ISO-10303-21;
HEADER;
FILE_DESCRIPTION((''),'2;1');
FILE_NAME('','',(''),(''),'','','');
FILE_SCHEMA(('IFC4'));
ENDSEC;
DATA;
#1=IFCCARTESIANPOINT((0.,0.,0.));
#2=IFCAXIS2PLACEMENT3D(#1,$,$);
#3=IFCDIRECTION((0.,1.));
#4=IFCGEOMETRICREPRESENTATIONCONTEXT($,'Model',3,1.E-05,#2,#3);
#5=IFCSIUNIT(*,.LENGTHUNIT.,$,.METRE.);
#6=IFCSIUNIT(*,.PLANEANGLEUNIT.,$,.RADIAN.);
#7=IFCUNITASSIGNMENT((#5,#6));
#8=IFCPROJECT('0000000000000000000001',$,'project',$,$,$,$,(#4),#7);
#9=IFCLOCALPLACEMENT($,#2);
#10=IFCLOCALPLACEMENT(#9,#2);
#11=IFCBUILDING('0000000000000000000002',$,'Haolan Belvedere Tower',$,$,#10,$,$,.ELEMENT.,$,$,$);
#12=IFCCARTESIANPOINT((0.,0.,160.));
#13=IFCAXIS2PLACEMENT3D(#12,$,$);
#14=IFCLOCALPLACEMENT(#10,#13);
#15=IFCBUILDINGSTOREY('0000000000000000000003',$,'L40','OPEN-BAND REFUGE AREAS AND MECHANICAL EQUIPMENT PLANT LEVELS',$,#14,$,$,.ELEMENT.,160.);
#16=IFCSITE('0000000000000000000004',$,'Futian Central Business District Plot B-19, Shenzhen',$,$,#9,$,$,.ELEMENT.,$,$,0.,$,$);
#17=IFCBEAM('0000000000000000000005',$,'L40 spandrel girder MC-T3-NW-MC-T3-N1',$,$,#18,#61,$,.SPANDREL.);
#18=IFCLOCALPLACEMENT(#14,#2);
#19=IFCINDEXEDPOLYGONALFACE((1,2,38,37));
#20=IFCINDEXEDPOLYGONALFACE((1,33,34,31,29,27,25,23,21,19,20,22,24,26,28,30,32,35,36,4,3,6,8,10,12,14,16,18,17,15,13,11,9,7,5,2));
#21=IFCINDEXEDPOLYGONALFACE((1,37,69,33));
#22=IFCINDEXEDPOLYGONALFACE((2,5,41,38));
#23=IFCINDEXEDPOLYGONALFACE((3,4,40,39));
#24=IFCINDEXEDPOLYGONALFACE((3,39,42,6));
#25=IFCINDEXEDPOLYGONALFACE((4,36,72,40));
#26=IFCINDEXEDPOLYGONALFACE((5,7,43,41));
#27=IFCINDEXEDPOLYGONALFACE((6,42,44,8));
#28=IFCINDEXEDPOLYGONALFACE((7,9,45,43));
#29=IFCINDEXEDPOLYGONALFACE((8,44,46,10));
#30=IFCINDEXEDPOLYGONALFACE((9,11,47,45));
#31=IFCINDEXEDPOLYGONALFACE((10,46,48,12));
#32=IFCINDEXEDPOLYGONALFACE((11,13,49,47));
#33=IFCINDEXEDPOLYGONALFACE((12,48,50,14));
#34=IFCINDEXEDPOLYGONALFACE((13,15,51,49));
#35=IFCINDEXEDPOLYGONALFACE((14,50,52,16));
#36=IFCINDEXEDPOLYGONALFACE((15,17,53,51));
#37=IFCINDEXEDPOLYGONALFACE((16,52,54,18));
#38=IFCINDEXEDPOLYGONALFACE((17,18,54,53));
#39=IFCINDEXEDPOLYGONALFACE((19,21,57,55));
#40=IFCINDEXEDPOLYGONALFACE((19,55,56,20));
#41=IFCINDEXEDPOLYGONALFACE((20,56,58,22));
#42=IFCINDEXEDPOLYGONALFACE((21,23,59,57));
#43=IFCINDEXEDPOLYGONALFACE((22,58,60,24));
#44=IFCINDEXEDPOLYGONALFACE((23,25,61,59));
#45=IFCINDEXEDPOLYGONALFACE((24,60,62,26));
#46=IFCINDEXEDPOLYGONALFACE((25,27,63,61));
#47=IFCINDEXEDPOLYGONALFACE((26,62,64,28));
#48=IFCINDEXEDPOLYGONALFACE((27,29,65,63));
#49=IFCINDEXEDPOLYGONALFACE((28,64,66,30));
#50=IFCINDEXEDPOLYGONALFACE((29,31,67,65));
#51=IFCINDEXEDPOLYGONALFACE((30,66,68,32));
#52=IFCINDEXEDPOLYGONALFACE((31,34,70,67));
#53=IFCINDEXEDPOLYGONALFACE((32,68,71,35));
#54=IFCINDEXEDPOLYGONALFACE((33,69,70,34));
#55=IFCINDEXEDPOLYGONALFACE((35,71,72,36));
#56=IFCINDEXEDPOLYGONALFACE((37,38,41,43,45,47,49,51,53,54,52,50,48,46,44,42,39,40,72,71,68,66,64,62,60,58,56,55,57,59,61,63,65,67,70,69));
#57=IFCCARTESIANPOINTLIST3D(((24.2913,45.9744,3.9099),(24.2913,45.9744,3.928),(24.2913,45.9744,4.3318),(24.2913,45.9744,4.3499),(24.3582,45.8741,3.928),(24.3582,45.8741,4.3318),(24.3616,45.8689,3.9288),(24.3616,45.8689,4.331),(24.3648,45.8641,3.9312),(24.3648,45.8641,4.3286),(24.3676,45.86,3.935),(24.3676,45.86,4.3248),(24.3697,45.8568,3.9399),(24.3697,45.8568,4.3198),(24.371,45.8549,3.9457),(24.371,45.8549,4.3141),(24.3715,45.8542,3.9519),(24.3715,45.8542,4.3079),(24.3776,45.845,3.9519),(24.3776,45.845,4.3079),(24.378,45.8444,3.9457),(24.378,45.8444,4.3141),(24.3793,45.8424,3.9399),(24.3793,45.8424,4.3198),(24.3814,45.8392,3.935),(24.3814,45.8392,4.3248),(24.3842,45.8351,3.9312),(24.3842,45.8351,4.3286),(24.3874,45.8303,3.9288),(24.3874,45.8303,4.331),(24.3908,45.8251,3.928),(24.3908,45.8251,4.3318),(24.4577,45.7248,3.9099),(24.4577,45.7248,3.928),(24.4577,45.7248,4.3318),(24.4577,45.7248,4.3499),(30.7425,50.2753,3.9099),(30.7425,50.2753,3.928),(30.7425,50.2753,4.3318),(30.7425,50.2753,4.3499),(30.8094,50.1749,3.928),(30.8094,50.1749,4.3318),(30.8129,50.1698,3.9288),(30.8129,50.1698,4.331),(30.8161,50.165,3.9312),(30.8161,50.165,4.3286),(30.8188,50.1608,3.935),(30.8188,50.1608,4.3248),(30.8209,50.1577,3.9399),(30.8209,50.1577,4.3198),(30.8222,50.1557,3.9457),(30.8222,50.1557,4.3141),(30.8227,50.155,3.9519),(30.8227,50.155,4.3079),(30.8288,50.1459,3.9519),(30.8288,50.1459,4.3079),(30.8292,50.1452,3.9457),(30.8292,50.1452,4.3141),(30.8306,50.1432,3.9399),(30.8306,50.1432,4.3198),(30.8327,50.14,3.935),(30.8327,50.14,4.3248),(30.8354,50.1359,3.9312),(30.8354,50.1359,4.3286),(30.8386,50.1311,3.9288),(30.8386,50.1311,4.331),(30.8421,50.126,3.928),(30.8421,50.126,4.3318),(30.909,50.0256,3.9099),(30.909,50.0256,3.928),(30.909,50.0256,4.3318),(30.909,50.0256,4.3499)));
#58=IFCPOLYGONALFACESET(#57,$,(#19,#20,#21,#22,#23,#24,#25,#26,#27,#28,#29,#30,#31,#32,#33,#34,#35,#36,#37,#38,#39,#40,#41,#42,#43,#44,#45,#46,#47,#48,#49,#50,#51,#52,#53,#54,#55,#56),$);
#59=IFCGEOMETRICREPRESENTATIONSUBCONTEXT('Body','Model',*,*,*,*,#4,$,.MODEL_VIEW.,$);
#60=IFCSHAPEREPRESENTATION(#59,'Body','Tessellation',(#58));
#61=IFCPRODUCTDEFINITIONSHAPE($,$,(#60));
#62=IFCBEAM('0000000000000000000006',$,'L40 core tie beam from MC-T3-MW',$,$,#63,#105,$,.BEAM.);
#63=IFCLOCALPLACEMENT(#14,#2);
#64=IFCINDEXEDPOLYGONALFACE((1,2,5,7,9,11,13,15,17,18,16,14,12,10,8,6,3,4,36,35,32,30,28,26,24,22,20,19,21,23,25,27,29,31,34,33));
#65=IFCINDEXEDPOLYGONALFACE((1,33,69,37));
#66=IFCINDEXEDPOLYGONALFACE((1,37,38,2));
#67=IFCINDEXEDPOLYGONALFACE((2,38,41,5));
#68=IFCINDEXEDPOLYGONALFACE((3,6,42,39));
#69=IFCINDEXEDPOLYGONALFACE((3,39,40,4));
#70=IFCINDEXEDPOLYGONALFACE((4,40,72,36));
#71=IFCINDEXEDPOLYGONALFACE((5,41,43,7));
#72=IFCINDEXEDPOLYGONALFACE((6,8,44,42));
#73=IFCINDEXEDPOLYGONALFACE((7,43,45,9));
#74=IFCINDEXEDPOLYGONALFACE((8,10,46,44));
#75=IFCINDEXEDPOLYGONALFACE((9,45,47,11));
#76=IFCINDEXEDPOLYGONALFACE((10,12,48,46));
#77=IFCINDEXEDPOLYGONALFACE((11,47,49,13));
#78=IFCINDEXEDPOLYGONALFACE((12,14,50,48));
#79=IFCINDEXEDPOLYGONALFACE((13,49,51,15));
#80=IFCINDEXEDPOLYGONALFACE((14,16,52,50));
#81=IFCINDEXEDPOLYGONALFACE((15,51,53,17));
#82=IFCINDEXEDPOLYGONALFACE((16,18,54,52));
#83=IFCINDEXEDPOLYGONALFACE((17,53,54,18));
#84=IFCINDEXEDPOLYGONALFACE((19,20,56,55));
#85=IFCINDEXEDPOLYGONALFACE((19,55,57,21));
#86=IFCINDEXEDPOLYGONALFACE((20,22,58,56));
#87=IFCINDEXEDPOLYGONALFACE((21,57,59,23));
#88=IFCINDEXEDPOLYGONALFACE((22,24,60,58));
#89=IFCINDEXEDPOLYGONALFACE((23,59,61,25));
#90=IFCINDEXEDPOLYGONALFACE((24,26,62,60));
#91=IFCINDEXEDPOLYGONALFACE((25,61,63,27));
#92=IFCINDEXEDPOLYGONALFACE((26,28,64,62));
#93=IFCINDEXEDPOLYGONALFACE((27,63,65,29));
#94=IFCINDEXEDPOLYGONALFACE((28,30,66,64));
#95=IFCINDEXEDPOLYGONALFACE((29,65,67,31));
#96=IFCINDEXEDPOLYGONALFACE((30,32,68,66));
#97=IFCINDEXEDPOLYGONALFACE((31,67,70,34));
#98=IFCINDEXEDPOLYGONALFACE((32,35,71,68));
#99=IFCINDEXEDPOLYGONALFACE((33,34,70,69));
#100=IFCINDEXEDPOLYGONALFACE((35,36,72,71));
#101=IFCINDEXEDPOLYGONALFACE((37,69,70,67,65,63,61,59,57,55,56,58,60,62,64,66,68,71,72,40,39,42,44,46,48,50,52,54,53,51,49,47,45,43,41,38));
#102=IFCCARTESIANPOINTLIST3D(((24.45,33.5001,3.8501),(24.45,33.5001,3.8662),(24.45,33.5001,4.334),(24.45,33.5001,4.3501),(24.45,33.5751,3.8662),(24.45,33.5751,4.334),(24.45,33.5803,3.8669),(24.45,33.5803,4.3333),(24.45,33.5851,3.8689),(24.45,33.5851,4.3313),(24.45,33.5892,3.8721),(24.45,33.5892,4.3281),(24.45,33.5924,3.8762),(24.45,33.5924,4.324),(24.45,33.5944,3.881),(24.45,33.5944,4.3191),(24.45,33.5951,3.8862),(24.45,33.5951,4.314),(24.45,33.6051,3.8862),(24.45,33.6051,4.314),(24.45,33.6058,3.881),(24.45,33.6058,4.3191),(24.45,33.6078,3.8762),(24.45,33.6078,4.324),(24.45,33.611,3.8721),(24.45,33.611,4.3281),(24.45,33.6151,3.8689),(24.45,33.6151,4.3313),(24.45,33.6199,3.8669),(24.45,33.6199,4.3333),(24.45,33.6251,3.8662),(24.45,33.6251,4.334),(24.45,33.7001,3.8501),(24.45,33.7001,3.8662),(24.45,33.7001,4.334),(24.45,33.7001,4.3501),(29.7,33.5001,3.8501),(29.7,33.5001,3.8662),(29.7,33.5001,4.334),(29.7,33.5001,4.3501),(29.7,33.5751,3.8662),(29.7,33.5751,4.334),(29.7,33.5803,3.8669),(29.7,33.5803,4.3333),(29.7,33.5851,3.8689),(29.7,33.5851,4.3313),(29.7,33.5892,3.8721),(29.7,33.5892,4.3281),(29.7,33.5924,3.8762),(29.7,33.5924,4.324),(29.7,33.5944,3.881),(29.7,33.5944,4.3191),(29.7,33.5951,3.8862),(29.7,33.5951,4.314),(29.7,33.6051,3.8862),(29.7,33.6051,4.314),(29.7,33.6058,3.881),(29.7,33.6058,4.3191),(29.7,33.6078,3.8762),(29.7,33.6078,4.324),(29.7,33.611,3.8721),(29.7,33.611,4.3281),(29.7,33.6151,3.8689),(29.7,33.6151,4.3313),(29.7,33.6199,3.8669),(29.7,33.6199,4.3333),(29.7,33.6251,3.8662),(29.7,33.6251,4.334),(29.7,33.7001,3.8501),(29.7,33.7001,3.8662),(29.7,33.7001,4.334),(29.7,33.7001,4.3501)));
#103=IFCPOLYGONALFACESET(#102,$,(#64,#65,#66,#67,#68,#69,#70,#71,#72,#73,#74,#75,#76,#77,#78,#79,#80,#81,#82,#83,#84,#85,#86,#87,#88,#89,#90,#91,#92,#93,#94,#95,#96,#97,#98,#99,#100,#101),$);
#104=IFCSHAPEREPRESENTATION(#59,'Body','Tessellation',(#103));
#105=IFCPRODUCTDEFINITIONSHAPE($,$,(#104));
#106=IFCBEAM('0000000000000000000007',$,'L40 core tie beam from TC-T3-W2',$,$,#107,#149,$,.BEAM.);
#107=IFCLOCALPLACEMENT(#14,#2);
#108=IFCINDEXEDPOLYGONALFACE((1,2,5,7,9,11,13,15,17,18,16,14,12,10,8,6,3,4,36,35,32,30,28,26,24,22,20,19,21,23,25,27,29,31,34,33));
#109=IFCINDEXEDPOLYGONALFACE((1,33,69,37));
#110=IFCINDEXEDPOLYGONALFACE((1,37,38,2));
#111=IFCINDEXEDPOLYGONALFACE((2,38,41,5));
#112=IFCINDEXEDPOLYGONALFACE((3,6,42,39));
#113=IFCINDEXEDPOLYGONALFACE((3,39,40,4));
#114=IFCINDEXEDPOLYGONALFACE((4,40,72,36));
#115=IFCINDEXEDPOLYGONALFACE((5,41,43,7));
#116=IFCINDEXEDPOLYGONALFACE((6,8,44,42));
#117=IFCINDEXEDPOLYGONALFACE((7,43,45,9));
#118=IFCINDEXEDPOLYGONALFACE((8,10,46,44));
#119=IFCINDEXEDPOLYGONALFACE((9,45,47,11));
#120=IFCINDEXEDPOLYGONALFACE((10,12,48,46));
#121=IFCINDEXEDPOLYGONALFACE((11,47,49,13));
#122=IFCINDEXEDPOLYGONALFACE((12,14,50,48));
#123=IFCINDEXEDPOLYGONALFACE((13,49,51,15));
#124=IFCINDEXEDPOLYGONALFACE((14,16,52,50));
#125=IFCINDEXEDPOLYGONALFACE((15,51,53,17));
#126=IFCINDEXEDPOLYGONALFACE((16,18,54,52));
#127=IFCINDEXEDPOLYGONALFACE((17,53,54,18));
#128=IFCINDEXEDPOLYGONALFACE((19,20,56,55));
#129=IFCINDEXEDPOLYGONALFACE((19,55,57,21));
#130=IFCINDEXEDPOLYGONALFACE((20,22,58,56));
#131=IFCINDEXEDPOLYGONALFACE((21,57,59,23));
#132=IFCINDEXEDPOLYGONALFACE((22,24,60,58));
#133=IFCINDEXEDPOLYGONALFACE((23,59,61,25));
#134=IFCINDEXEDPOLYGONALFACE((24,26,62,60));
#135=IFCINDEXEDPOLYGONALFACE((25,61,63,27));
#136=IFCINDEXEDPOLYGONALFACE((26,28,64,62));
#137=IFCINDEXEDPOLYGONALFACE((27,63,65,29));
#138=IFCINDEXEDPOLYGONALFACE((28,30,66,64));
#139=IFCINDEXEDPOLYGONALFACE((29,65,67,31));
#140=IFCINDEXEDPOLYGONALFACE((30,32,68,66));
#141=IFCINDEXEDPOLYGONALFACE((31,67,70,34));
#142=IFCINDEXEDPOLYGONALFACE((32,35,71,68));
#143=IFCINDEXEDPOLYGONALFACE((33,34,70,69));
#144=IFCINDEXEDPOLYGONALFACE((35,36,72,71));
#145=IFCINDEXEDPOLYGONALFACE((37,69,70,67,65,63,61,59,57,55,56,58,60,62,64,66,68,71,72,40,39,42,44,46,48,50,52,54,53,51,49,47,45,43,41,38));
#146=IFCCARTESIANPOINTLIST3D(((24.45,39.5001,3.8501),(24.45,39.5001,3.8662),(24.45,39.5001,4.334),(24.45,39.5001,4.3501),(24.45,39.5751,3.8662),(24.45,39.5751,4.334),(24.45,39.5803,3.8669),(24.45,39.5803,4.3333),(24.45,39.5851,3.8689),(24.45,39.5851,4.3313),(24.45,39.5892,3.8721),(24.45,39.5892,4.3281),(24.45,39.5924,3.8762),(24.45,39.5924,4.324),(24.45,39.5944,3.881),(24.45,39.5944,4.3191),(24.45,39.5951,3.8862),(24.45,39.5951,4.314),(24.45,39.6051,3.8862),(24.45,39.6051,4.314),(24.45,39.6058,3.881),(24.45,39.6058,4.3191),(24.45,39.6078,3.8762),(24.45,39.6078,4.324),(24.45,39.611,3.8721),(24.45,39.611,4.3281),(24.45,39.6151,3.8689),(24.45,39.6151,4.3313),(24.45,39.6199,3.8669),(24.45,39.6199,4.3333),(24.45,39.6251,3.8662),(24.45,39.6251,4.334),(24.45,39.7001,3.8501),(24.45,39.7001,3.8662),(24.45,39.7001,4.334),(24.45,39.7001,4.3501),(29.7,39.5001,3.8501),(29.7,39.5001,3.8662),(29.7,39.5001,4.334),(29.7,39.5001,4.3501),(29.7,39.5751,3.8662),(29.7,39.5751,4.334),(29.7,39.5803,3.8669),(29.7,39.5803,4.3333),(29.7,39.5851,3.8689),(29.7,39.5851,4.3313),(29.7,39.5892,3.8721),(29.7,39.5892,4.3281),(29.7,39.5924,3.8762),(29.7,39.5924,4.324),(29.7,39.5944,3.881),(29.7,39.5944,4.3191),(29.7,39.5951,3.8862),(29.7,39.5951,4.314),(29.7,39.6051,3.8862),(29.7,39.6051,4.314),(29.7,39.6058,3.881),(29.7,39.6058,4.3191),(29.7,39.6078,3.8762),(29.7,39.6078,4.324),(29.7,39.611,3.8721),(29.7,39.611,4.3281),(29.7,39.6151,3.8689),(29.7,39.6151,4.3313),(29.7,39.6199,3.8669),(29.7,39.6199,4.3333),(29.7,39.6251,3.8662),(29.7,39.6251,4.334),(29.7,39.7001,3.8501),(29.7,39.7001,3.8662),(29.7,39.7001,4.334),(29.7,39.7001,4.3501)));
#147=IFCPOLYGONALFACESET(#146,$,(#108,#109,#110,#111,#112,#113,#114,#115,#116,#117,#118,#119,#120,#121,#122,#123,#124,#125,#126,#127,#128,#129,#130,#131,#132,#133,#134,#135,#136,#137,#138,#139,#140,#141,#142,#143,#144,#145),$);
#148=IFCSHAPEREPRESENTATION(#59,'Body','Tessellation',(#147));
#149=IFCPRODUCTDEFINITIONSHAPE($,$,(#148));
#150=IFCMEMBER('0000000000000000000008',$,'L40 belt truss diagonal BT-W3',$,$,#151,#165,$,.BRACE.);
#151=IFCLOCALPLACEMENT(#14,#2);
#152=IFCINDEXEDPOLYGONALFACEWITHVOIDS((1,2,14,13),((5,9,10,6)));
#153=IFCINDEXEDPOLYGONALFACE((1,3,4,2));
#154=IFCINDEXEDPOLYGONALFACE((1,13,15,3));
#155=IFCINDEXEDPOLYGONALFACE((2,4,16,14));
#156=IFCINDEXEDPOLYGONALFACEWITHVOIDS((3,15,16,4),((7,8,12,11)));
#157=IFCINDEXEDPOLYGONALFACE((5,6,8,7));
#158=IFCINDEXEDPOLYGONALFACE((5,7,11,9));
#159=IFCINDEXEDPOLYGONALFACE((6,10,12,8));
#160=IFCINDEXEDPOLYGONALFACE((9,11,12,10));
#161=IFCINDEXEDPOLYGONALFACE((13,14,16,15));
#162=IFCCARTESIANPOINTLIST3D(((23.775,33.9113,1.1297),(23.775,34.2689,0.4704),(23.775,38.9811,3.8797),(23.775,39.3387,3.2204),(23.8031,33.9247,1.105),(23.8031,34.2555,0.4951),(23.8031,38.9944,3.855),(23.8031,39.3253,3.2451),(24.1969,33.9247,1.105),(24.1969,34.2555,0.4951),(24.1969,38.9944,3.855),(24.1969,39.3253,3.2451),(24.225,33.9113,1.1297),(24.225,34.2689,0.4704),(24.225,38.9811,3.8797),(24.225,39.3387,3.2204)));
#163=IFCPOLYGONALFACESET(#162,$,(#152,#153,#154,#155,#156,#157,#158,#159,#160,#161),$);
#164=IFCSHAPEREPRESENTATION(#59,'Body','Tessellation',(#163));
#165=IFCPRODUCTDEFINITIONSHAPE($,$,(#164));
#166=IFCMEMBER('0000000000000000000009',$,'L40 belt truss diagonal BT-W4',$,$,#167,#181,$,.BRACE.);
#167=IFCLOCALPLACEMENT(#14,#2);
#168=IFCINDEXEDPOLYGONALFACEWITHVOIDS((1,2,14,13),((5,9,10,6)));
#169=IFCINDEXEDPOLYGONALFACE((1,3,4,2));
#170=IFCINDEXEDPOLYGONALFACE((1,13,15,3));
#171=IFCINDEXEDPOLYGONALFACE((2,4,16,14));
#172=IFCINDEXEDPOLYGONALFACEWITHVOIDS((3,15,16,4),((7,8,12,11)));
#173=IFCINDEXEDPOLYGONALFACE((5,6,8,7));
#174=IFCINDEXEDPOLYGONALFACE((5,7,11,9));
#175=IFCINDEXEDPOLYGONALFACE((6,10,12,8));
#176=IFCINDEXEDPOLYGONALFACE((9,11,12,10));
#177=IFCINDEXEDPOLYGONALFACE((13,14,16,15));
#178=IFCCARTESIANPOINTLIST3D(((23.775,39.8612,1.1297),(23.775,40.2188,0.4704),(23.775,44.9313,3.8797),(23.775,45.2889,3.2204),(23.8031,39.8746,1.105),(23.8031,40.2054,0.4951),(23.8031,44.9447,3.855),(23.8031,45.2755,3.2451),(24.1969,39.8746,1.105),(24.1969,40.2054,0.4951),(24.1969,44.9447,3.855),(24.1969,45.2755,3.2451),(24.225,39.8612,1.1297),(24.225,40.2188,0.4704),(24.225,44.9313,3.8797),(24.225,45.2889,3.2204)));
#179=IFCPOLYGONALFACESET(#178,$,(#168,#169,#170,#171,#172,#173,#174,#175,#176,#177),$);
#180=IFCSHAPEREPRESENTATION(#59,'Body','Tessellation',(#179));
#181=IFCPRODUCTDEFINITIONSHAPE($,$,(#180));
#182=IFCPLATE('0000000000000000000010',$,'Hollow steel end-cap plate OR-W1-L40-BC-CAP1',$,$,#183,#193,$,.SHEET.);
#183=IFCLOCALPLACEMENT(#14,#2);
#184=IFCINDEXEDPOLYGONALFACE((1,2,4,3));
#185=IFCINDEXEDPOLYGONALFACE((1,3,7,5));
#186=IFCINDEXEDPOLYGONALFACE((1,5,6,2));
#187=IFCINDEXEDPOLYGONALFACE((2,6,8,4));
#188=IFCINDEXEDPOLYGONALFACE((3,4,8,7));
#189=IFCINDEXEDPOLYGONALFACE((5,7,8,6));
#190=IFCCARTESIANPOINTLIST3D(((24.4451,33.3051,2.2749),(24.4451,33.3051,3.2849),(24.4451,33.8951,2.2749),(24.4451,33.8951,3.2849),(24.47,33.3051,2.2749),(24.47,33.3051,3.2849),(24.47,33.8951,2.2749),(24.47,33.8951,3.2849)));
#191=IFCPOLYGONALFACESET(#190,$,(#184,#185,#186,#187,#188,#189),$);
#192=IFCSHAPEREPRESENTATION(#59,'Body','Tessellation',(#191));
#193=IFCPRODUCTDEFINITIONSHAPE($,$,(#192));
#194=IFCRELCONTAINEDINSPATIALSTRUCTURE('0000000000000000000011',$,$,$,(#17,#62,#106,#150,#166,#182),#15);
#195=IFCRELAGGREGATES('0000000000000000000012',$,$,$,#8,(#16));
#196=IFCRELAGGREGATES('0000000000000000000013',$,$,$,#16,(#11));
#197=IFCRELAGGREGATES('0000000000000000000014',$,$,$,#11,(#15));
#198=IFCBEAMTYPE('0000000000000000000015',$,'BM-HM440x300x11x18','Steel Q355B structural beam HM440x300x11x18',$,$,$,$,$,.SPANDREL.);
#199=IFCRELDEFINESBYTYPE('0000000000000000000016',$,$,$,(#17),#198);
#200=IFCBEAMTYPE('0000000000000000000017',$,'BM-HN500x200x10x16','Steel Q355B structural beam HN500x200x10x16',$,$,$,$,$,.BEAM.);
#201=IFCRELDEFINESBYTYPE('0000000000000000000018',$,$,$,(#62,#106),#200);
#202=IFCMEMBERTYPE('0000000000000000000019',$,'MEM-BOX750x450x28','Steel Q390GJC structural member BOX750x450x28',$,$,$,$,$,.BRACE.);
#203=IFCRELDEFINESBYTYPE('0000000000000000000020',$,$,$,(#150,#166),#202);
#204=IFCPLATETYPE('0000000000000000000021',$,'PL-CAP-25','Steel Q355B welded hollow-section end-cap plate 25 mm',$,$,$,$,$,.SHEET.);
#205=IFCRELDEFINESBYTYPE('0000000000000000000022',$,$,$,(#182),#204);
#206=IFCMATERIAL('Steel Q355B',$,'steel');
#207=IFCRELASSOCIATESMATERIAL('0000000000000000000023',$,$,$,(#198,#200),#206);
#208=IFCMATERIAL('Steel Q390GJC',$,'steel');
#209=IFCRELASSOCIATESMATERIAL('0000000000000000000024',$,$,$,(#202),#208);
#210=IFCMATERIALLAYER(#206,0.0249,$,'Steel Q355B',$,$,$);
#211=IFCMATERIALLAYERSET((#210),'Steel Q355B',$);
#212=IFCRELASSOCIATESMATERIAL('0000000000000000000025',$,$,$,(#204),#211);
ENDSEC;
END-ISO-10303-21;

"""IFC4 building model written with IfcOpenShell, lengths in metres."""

from ifc_helpers import new_model, si_unit, direction, frame, origin, origin_2d, place, context, subcontext, project, spatial, rectangle, hollow_rectangle, i_section, extrude, material, layer, layer_set, material_profile, profile_set, type_object, element, save


model = new_model("IFC4")

# Units and contexts
model_context = context("Model", 3, precision=1e-05, world=origin(), true_north=direction((0.0, 1.0)))
body_context = subcontext(model_context, "Body", "Model", "MODEL_VIEW")
ifc_project = project(units=[si_unit("LENGTHUNIT", "METRE"), si_unit("PLANEANGLEUNIT", "RADIAN")], contexts=[model_context])

# Site, building, storey
site_placement = place(None, origin())
site = spatial("IfcSite", under=ifc_project, at=site_placement, Name="Futian Central Business District Plot B-19, Shenzhen", CompositionType="ELEMENT", RefElevation=0.0)
building_placement = place(site_placement, origin())
building = spatial("IfcBuilding", under=site, at=building_placement, Name="Haolan Belvedere Tower", CompositionType="ELEMENT")
storey_placement = place(building_placement, frame((0.0, 0.0, 160.0)))
storey = spatial("IfcBuildingStorey", under=building, at=storey_placement, Name="L40", Description="OPEN-BAND REFUGE AREAS AND MECHANICAL EQUIPMENT PLANT LEVELS", CompositionType="ELEMENT", Elevation=160.0)

# Shared definitions
ifc_material_1 = material(Name="Steel Q390GJC", Category="steel")

# Beams
ifc_material_2 = material(Name="Steel Q355B", Category="steel")
ifc_material_profile_1 = material_profile(ifc_material_2, i_section(OverallWidth=0.3, OverallDepth=0.4399, WebThickness=0.011, FlangeThickness=0.0181, FilletRadius=0.0239, at=origin_2d()), Name="Steel Q355B")
ifc_profile_set_1 = profile_set([ifc_material_profile_1], Name="Steel Q355B")
beam_type_1 = type_object("IfcBeamType", Name="BM-HM440x300x11x18", Description="Steel Q355B structural beam HM440x300x11x18", PredefinedType="SPANDREL", material=ifc_profile_set_1)
beam_placement = place(storey_placement, frame((24.3745, 45.8496, 4.1299), z_axis=(0.83205, 0.5547, 0.0), x_axis=(-0.5547, 0.83205, 0.0)))
element("IfcBeam", 1, at=beam_placement, inside=storey, type_object=beam_type_1, Name="L40 spandrel girder MC-T3-NW-MC-T3-N1", PredefinedType="SPANDREL", context=body_context, shape_type="SweptSolid", body=[
    extrude(i_section(OverallWidth=0.3, OverallDepth=0.4399, WebThickness=0.011, FlangeThickness=0.0181, FilletRadius=0.0239, at=origin_2d()), origin(), (0.0, 0.0, 1.0), 7.7534),
])
ifc_material_profile_2 = material_profile(ifc_material_2, i_section(OverallWidth=0.2, OverallDepth=0.5, WebThickness=0.01, FlangeThickness=0.0161, FilletRadius=0.02, at=origin_2d()), Name="Steel Q355B")
ifc_profile_set_2 = profile_set([ifc_material_profile_2], Name="Steel Q355B")
beam_type_2 = type_object("IfcBeamType", Name="BM-HN500x200x10x16", Description="Steel Q355B structural beam HN500x200x10x16", PredefinedType="BEAM", material=ifc_profile_set_2)
for number, where, z_axis, x_axis, name in (
    (2, (24.45, 33.6001, 4.1001), (1.0, 0.0, 0.0), (0.0, 1.0, 0.0), "L40 core tie beam from MC-T3-MW"),
    (3, (24.45, 39.6001, 4.1001), (1.0, 0.0, 0.0), (0.0, 1.0, 0.0), "L40 core tie beam from TC-T3-W2"),
):
    element("IfcBeam", number, at=place(storey_placement, frame(where, z_axis=z_axis, x_axis=x_axis)), inside=storey, type_object=beam_type_2, Name=name, PredefinedType="BEAM", context=body_context, shape_type="SweptSolid", body=[
        extrude(i_section(OverallWidth=0.2, OverallDepth=0.5, WebThickness=0.01, FlangeThickness=0.0161, FilletRadius=0.02, at=origin_2d()), origin(), (0.0, 0.0, 1.0), 5.25),
    ])

# Members
ifc_material_profile_3 = material_profile(ifc_material_1, hollow_rectangle(XDim=0.45, YDim=0.75, WallThickness=0.0281, at=origin_2d()), Name="Steel Q390GJC")
ifc_profile_set_3 = profile_set([ifc_material_profile_3], Name="Steel Q390GJC")
member_type = type_object("IfcMemberType", Name="MEM-BOX750x450x28", Description="Steel Q390GJC structural member BOX750x450x28", PredefinedType="BRACE", material=ifc_profile_set_3)
member_1_placement = place(storey_placement, frame((24.0, 34.0901, 0.8), z_axis=(0.0, 0.879013, 0.476799), x_axis=(-1.0, 0.0, 0.0)))
element("IfcMember", 4, at=member_1_placement, inside=storey, type_object=member_type, Name="L40 belt truss diagonal BT-W3", PredefinedType="BRACE", context=body_context, shape_type="SweptSolid", body=[
    extrude(hollow_rectangle(XDim=0.45, YDim=0.75, WallThickness=0.0281, at=origin_2d()), origin(), (0.0, 0.0, 1.0), 5.7676),
])
member_2_placement = place(storey_placement, frame((24.0, 40.04, 0.8), z_axis=(0.0, 0.879022, 0.476781), x_axis=(-1.0, 0.0, 0.0)))
element("IfcMember", 5, at=member_2_placement, inside=storey, type_object=member_type, Name="L40 belt truss diagonal BT-W4", PredefinedType="BRACE", context=body_context, shape_type="SweptSolid", body=[
    extrude(hollow_rectangle(XDim=0.45, YDim=0.75, WallThickness=0.0281, at=origin_2d()), origin(), (0.0, 0.0, 1.0), 5.7678),
])

# Plate
ifc_layer_1 = layer(ifc_material_2, 0.0249, Name="Steel Q355B")
ifc_layer_set_1 = layer_set([ifc_layer_1], Name="Steel Q355B")
plate_type_1 = type_object("IfcPlateType", Name="PL-CAP-25", Description="Steel Q355B welded hollow-section end-cap plate 25 mm", PredefinedType="SHEET", material=ifc_layer_set_1)
plate_1_placement = place(storey_placement, frame((24.4575, 33.6001, 2.2749), z_axis=(0.0, 0.0, 1.0), x_axis=(0.0, -1.0, 0.0)))
element("IfcPlate", 6, at=plate_1_placement, inside=storey, type_object=plate_type_1, Name="Hollow steel end-cap plate OR-W1-L40-BC-CAP1", PredefinedType="SHEET", context=body_context, shape_type="SweptSolid", body=[
    extrude(rectangle(XDim=0.5901, YDim=0.0249, at=origin_2d()), origin(), (0.0, 0.0, 1.0), 1.01),
])

save(model, "model.ifc")
